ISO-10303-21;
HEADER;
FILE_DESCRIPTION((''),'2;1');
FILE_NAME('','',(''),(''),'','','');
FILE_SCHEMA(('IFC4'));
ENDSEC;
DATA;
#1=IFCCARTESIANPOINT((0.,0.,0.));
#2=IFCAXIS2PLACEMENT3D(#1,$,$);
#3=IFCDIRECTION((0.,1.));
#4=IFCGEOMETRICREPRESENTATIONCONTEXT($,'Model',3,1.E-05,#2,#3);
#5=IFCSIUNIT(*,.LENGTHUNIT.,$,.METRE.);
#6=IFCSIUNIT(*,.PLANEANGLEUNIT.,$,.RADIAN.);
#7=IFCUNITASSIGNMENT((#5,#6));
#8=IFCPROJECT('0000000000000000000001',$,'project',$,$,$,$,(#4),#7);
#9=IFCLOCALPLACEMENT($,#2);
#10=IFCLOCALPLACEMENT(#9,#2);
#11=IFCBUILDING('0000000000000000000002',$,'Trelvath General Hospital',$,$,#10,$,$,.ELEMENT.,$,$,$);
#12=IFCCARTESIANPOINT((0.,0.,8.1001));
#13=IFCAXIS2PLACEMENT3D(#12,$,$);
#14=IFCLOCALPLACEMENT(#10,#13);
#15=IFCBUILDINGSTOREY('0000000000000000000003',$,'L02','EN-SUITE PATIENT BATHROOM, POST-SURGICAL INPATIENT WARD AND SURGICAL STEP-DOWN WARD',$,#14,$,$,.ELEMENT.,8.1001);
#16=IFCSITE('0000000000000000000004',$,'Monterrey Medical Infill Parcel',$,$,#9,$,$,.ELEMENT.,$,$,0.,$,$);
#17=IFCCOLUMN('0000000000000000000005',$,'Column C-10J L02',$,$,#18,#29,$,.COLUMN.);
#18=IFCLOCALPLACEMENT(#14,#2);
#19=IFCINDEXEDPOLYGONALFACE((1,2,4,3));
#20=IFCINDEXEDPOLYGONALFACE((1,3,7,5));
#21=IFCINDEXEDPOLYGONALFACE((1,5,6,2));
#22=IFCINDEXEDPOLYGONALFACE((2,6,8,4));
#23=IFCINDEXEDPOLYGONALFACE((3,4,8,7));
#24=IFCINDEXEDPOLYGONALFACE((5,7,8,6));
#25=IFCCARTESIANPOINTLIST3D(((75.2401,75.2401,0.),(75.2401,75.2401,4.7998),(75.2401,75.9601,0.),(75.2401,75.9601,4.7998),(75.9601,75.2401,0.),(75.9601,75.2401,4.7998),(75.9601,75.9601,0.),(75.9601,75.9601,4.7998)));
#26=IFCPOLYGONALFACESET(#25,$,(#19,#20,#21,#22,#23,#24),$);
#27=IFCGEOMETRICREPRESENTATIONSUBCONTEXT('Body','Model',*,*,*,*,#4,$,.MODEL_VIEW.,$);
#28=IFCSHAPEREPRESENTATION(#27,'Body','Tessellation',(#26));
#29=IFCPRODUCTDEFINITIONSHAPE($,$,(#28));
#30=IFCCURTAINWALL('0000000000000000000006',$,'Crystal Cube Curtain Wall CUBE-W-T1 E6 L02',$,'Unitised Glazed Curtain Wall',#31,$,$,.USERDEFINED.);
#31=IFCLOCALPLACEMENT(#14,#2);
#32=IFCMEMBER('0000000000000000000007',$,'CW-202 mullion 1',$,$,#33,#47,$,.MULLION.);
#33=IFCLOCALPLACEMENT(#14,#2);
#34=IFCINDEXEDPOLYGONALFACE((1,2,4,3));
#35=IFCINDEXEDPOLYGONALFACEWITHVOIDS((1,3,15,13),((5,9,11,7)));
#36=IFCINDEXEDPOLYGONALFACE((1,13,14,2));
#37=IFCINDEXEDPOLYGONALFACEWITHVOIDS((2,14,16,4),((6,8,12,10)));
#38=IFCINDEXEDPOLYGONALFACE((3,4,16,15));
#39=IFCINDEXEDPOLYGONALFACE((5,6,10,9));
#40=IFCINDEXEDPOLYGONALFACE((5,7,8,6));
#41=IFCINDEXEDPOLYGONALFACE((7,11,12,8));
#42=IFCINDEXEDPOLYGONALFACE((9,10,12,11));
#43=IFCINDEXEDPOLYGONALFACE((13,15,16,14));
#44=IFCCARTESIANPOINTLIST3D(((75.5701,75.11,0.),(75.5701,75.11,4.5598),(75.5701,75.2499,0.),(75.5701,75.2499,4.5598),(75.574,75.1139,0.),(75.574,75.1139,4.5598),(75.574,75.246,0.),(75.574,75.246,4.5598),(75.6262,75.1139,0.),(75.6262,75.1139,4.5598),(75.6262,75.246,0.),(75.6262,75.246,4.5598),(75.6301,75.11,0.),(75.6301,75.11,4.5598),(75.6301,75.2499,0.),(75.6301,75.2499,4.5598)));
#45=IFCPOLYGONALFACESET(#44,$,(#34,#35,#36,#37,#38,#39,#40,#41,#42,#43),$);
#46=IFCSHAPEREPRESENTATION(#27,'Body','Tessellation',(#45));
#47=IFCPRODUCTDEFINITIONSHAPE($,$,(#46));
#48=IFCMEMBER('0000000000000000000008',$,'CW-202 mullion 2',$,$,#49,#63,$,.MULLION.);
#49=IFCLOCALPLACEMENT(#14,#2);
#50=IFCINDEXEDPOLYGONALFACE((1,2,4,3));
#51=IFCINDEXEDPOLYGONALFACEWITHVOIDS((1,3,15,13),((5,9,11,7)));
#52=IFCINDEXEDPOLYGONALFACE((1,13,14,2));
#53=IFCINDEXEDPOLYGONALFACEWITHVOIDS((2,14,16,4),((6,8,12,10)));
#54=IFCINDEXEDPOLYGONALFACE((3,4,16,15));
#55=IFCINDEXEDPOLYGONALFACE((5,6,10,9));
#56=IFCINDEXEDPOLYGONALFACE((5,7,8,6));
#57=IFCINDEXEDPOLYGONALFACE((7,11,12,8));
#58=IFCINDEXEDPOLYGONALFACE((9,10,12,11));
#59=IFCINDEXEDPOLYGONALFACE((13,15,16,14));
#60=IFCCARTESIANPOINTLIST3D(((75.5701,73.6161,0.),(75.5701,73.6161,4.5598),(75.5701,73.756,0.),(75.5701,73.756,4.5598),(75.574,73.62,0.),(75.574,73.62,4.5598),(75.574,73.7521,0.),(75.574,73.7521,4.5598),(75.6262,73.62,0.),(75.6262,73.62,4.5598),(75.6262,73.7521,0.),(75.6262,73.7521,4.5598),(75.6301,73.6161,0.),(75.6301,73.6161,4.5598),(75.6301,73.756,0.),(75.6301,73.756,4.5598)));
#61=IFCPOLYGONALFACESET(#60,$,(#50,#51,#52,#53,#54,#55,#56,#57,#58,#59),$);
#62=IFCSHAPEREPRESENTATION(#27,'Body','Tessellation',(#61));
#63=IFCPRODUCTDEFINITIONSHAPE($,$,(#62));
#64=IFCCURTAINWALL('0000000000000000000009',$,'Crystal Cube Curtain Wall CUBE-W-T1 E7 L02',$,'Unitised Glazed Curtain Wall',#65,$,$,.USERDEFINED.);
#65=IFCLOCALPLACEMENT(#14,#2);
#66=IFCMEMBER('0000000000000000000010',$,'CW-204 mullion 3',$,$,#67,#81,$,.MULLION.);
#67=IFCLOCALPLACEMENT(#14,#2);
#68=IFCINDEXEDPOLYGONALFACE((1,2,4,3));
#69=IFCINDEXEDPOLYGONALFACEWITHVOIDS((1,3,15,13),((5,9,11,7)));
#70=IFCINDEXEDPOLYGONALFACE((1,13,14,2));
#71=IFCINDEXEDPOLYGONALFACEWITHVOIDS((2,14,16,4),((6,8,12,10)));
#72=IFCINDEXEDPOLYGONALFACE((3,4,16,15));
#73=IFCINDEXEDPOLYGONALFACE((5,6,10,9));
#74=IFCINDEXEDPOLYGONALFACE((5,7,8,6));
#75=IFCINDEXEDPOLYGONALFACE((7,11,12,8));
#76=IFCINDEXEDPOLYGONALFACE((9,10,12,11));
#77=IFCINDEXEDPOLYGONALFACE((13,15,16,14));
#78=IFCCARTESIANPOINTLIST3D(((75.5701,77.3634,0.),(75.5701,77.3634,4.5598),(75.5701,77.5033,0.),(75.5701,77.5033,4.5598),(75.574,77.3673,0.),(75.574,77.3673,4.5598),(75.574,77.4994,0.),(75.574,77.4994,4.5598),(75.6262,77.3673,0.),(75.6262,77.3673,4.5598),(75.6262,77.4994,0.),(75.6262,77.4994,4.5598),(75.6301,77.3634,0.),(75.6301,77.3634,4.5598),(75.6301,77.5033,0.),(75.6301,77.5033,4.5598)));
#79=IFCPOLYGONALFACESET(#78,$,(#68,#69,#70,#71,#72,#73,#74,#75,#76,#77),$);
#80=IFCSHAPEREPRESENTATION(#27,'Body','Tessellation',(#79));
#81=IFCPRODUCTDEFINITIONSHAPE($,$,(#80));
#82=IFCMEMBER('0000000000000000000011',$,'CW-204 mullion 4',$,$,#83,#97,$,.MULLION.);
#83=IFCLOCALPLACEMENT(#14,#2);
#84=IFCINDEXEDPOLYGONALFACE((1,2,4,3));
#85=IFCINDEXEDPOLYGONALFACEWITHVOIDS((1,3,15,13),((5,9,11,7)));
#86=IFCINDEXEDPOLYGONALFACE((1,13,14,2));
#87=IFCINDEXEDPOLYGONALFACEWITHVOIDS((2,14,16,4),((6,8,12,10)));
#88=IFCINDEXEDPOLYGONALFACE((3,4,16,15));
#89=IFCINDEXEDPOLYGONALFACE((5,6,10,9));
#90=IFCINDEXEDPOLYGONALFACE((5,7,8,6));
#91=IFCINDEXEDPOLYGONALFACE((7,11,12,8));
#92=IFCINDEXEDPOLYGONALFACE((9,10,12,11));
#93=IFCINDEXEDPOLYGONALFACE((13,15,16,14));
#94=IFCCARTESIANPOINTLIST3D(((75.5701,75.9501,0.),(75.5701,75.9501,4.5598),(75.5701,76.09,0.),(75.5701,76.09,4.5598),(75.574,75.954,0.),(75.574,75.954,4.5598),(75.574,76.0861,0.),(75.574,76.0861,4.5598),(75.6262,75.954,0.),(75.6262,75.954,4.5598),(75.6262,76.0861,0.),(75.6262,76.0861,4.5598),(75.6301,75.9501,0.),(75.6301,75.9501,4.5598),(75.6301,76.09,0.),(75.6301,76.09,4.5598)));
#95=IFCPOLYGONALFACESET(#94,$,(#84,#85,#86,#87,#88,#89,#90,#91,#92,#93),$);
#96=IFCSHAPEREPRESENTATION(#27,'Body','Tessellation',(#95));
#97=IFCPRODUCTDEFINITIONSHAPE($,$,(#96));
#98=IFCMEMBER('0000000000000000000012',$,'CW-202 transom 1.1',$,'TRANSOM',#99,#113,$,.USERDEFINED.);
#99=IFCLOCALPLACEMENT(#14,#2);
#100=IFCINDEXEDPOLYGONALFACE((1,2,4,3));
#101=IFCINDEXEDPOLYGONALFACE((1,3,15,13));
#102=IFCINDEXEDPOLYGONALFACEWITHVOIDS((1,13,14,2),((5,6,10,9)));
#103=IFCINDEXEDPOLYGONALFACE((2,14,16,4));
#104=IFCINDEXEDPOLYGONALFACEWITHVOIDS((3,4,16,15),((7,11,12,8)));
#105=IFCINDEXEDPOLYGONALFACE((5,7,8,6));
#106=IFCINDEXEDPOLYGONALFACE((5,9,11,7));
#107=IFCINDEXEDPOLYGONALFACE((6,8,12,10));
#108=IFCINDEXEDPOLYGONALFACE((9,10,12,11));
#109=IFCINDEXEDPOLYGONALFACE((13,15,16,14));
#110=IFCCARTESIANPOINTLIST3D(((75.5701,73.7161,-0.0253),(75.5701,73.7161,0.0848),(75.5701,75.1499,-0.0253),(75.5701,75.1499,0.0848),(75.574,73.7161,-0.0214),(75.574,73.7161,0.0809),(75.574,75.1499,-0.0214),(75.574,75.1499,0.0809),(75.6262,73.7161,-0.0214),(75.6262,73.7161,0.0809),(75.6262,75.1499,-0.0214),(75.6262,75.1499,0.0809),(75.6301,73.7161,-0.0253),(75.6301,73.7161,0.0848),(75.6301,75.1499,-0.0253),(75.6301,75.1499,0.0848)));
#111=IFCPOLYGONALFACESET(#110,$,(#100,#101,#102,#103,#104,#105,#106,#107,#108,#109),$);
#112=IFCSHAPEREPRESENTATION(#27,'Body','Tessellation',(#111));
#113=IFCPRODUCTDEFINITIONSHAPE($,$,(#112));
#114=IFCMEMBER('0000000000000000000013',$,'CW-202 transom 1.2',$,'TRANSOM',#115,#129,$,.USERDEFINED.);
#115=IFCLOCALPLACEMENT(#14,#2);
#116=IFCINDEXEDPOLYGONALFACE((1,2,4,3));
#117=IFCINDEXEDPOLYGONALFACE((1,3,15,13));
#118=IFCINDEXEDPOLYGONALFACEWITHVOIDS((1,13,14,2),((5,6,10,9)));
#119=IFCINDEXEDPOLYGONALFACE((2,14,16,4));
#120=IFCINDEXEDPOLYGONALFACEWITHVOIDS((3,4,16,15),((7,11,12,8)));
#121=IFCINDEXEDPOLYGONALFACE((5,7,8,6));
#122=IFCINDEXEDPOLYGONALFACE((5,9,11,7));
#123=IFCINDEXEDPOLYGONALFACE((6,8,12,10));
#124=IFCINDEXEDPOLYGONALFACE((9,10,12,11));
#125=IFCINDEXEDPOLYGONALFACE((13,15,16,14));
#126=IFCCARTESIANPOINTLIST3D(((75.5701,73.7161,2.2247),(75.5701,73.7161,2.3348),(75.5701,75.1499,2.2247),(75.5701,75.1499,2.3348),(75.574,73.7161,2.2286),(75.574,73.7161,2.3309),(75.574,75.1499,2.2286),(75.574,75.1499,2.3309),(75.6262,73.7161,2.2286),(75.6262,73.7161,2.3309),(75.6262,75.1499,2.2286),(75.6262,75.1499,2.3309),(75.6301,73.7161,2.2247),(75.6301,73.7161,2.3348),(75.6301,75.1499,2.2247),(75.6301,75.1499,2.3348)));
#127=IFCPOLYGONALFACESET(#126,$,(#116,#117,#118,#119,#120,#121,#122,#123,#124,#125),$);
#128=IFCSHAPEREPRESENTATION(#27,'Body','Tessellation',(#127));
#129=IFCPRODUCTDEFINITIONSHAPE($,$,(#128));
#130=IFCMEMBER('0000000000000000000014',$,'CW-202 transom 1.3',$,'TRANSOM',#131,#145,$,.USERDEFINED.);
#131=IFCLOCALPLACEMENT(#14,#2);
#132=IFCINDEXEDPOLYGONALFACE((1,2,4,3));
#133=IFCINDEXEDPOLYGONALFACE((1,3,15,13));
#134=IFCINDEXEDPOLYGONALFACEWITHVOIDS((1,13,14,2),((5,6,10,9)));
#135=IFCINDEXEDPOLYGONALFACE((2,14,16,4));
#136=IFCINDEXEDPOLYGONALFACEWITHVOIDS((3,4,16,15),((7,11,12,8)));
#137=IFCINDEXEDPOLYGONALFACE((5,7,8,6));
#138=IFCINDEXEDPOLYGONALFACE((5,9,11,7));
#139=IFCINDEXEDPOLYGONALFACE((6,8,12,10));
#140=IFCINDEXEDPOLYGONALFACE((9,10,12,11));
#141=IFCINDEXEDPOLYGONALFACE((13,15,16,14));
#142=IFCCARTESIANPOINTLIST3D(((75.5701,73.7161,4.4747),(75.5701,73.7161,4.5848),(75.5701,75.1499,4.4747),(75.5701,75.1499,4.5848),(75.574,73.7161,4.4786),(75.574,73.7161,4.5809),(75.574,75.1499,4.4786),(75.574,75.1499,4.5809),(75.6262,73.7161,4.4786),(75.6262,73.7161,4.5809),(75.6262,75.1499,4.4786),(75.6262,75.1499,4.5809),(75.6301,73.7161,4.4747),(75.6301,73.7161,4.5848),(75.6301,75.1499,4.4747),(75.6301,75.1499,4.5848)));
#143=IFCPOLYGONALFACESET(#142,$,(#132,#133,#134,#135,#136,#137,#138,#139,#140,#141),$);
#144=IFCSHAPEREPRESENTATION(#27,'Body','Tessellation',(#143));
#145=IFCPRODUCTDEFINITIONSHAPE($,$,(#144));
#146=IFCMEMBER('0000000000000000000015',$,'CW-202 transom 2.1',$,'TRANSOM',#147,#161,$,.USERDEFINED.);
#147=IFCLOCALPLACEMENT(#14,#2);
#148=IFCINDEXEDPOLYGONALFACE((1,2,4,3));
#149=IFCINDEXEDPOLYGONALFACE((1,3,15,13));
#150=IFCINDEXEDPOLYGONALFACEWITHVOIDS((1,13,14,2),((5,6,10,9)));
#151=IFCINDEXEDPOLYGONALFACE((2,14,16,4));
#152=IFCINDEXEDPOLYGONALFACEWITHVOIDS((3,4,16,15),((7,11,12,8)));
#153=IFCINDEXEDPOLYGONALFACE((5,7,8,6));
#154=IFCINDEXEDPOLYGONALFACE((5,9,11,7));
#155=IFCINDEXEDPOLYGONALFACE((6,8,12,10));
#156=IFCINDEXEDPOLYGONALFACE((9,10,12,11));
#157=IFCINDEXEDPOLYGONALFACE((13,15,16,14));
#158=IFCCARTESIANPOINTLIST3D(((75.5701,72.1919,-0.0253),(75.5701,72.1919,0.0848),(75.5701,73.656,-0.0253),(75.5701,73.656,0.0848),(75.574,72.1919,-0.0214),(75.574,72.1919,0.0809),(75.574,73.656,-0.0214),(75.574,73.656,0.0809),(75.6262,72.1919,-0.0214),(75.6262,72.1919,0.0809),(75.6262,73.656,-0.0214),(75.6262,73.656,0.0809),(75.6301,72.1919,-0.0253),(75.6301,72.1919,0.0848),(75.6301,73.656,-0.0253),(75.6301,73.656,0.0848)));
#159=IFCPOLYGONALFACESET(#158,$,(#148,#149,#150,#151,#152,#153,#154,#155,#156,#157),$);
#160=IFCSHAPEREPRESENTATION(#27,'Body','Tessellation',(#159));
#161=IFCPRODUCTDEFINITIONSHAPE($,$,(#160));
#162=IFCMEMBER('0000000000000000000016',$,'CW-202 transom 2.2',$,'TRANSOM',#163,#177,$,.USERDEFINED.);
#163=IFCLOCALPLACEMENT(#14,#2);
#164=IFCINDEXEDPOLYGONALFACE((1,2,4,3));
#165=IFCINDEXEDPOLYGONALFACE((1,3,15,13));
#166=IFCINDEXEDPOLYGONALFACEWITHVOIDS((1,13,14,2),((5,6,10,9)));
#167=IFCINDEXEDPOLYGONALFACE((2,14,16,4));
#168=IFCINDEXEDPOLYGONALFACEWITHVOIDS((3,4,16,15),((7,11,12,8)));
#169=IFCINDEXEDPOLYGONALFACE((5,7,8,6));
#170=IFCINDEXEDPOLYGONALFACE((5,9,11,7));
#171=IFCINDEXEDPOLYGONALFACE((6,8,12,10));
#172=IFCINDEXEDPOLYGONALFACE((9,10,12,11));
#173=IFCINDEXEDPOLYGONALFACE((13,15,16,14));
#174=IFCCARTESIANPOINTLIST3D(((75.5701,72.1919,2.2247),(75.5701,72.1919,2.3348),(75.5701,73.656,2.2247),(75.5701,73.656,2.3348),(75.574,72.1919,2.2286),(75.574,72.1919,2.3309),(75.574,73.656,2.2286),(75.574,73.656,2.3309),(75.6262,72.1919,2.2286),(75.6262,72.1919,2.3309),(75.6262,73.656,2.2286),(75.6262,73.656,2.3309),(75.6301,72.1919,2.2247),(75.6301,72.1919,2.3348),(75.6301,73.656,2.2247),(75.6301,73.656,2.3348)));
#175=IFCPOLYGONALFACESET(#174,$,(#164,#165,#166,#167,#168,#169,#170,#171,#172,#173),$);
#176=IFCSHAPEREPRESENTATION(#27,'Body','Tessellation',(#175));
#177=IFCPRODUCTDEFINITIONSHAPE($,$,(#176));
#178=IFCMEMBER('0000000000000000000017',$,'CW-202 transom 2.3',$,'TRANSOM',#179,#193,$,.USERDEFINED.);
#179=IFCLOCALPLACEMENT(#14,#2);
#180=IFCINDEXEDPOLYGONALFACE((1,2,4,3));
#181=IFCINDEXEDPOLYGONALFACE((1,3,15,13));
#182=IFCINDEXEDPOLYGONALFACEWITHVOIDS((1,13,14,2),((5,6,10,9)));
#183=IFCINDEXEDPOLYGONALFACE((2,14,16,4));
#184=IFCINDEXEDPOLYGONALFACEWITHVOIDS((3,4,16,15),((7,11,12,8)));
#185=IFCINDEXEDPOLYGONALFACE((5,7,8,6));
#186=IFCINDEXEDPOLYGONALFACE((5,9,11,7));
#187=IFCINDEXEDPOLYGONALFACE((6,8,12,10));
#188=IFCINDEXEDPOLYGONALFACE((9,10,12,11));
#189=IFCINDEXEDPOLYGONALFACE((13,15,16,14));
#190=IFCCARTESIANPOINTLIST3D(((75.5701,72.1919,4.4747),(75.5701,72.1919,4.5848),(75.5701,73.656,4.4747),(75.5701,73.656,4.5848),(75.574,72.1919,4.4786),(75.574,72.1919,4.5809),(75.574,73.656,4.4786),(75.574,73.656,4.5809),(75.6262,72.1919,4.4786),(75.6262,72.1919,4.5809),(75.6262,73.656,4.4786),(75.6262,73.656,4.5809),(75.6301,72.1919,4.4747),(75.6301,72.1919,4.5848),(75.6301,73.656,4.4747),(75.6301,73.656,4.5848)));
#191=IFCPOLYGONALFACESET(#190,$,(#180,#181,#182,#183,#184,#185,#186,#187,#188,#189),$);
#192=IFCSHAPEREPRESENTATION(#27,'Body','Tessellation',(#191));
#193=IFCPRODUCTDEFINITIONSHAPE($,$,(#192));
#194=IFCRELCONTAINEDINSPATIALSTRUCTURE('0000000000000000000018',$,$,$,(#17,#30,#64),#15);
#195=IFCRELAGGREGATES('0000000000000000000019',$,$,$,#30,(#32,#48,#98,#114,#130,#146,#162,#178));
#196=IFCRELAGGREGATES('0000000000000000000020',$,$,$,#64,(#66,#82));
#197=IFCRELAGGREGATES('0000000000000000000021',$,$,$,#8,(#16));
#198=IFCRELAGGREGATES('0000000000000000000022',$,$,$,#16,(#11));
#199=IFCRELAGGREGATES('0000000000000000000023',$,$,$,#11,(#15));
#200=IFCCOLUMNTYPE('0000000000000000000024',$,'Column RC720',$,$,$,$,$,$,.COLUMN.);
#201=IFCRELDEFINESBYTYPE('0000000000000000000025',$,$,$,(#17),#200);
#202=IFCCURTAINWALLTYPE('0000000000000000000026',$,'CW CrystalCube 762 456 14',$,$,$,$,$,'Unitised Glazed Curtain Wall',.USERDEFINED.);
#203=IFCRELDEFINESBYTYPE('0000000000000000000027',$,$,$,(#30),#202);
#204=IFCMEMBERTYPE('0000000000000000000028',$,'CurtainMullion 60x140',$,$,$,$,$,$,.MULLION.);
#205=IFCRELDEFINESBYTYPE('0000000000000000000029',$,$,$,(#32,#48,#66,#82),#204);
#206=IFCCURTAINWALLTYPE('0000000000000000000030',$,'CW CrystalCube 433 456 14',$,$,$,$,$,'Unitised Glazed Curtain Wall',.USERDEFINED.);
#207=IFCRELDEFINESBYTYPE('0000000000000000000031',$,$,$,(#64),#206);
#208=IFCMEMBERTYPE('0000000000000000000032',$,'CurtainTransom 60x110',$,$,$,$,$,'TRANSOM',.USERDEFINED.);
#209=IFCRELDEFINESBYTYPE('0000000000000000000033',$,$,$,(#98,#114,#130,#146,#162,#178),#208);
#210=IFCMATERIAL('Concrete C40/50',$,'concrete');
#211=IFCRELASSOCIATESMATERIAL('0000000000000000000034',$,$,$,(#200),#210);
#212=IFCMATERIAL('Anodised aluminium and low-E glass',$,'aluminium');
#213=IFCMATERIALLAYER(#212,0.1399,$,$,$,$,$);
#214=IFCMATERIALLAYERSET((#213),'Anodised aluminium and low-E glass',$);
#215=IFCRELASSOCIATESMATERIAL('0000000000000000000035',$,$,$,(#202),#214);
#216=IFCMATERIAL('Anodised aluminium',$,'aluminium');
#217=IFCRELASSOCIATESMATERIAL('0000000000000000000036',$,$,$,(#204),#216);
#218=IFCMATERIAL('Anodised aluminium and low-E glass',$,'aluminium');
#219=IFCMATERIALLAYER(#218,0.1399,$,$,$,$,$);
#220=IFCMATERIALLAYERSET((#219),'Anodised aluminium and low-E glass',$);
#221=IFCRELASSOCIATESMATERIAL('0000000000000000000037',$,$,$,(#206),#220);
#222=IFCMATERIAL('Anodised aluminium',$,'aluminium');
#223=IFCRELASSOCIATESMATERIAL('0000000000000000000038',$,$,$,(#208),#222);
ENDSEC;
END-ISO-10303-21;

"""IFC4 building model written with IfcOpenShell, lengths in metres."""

from ifc_helpers import new_model, si_unit, direction, frame, origin, origin_2d, place, context, subcontext, project, spatial, rectangle, hollow_rectangle, extrude, material, layer, layer_set, material_profile, profile_set, type_object, element, aggregate, save


model = new_model("IFC4")

# Units and contexts
model_context = context("Model", 3, precision=1e-05, world=origin(), true_north=direction((0.0, 1.0)))
body_context = subcontext(model_context, "Body", "Model", "MODEL_VIEW")
ifc_project = project(units=[si_unit("LENGTHUNIT", "METRE"), si_unit("PLANEANGLEUNIT", "RADIAN")], contexts=[model_context])

# Site, building, storey
site_placement = place(None, origin())
site = spatial("IfcSite", under=ifc_project, at=site_placement, Name="Monterrey Medical Infill Parcel", CompositionType="ELEMENT", RefElevation=0.0)
building_placement = place(site_placement, origin())
building = spatial("IfcBuilding", under=site, at=building_placement, Name="Trelvath General Hospital", CompositionType="ELEMENT")
storey_placement = place(building_placement, frame((0.0, 0.0, 8.1001)))
storey = spatial("IfcBuildingStorey", under=building, at=storey_placement, Name="L02", Description="EN-SUITE PATIENT BATHROOM, POST-SURGICAL INPATIENT WARD AND SURGICAL STEP-DOWN WARD", CompositionType="ELEMENT", Elevation=8.1001)

# Column
ifc_material_1 = material(Name="Concrete C40/50", Category="concrete")
ifc_material_profile_1 = material_profile(ifc_material_1, rectangle(XDim=0.72, YDim=0.72, at=origin_2d()), Name="RC720x720")
ifc_profile_set_1 = profile_set([ifc_material_profile_1], Name="Concrete C40/50")
column_type = type_object("IfcColumnType", Name="Column RC720", PredefinedType="COLUMN", material=ifc_profile_set_1)
column_placement = place(storey_placement, frame((75.6001, 75.6001, 0.0), z_axis=(0.0, 0.0, 1.0), x_axis=(1.0, 0.0, 0.0)))
element("IfcColumn", 1, at=column_placement, inside=storey, type_object=column_type, Name="Column C-10J L02", PredefinedType="COLUMN", context=body_context, shape_type="SweptSolid", body=[
    extrude(rectangle(XDim=0.72, YDim=0.72, at=origin_2d()), origin(), (0.0, 0.0, 1.0), 4.7998),
])

# Curtain walls, members
ifc_material_2 = material(Name="Anodised aluminium and low-E glass", Category="aluminium")
ifc_layer_1 = layer(ifc_material_2, 0.1399)
ifc_layer_set_1 = layer_set([ifc_layer_1], Name="Anodised aluminium and low-E glass")
curtain_wall_type_1 = type_object("IfcCurtainWallType", Name="CW CrystalCube 762 456 14", ElementType="Unitised Glazed Curtain Wall", PredefinedType="USERDEFINED", material=ifc_layer_set_1)
curtain_wall_1_placement = place(storey_placement, origin())
curtain_wall_1 = element("IfcCurtainWall", 2, at=curtain_wall_1_placement, inside=storey, type_object=curtain_wall_type_1, Name="Crystal Cube Curtain Wall CUBE-W-T1 E6 L02", ObjectType="Unitised Glazed Curtain Wall", PredefinedType="USERDEFINED")
ifc_material_3 = material(Name="Anodised aluminium", Category="aluminium")
ifc_material_profile_2 = material_profile(ifc_material_3, hollow_rectangle(XDim=0.0601, YDim=0.1399, WallThickness=0.0039, at=origin_2d()), Name="RHS60x140x4")
ifc_profile_set_2 = profile_set([ifc_material_profile_2], Name="Anodised aluminium")
member_type_1 = type_object("IfcMemberType", Name="CurtainMullion 60x140", PredefinedType="MULLION", material=ifc_profile_set_2)
member_1_placement = place(storey_placement, frame((75.6001, 75.1799, 0.0), z_axis=(0.0, 0.0, 1.0), x_axis=(1.0, 0.0, 0.0)))
member_1 = element("IfcMember", 3, at=member_1_placement, type_object=member_type_1, Name="CW-202 mullion 1", PredefinedType="MULLION", context=body_context, shape_type="SweptSolid", body=[
    extrude(hollow_rectangle(XDim=0.0601, YDim=0.1399, WallThickness=0.0039, at=origin_2d()), origin(), (0.0, 0.0, 1.0), 4.5598),
])
member_2_placement = place(storey_placement, frame((75.6001, 73.686, 0.0), z_axis=(0.0, 0.0, 1.0), x_axis=(1.0, 0.0, 0.0)))
member_2 = element("IfcMember", 4, at=member_2_placement, type_object=member_type_1, Name="CW-202 mullion 2", PredefinedType="MULLION", context=body_context, shape_type="SweptSolid", body=[
    extrude(hollow_rectangle(XDim=0.0601, YDim=0.1399, WallThickness=0.0039, at=origin_2d()), origin(), (0.0, 0.0, 1.0), 4.5598),
])
ifc_material_4 = material(Name="Anodised aluminium and low-E glass", Category="aluminium")
ifc_layer_2 = layer(ifc_material_4, 0.1399)
ifc_layer_set_2 = layer_set([ifc_layer_2], Name="Anodised aluminium and low-E glass")
curtain_wall_type_2 = type_object("IfcCurtainWallType", Name="CW CrystalCube 433 456 14", ElementType="Unitised Glazed Curtain Wall", PredefinedType="USERDEFINED", material=ifc_layer_set_2)
curtain_wall_2_placement = place(storey_placement, origin())
curtain_wall_2 = element("IfcCurtainWall", 5, at=curtain_wall_2_placement, inside=storey, type_object=curtain_wall_type_2, Name="Crystal Cube Curtain Wall CUBE-W-T1 E7 L02", ObjectType="Unitised Glazed Curtain Wall", PredefinedType="USERDEFINED")
member_3_placement = place(storey_placement, frame((75.6001, 77.4333, 0.0), z_axis=(0.0, 0.0, 1.0), x_axis=(1.0, 0.0, 0.0)))
member_3 = element("IfcMember", 6, at=member_3_placement, type_object=member_type_1, Name="CW-204 mullion 3", PredefinedType="MULLION", context=body_context, shape_type="SweptSolid", body=[
    extrude(hollow_rectangle(XDim=0.0601, YDim=0.1399, WallThickness=0.0039, at=origin_2d()), origin(), (0.0, 0.0, 1.0), 4.5598),
])
member_4_placement = place(storey_placement, frame((75.6001, 76.02, 0.0), z_axis=(0.0, 0.0, 1.0), x_axis=(1.0, 0.0, 0.0)))
member_4 = element("IfcMember", 7, at=member_4_placement, type_object=member_type_1, Name="CW-204 mullion 4", PredefinedType="MULLION", context=body_context, shape_type="SweptSolid", body=[
    extrude(hollow_rectangle(XDim=0.0601, YDim=0.1399, WallThickness=0.0039, at=origin_2d()), origin(), (0.0, 0.0, 1.0), 4.5598),
])

# Members
ifc_material_5 = material(Name="Anodised aluminium", Category="aluminium")
ifc_material_profile_3 = material_profile(ifc_material_5, hollow_rectangle(XDim=0.0601, YDim=0.1101, WallThickness=0.0039, at=origin_2d()), Name="RHS60x110x4")
ifc_profile_set_3 = profile_set([ifc_material_profile_3], Name="Anodised aluminium")
member_type_2 = type_object("IfcMemberType", Name="CurtainTransom 60x110", ElementType="TRANSOM", PredefinedType="USERDEFINED", material=ifc_profile_set_3)
member_5_placement = place(storey_placement, frame((75.6001, 75.1499, 0.0298), z_axis=(0.0, -1.0, 0.0), x_axis=(1.0, 0.0, 0.0)))
member_5 = element("IfcMember", 8, at=member_5_placement, type_object=member_type_2, Name="CW-202 transom 1.1", ObjectType="TRANSOM", PredefinedType="USERDEFINED", context=body_context, shape_type="SweptSolid", body=[
    extrude(hollow_rectangle(XDim=0.0601, YDim=0.1101, WallThickness=0.0039, at=origin_2d()), origin(), (0.0, 0.0, 1.0), 1.4338),
])
member_6_placement = place(storey_placement, frame((75.6001, 75.1499, 2.2798), z_axis=(0.0, -1.0, 0.0), x_axis=(1.0, 0.0, 0.0)))
member_6 = element("IfcMember", 9, at=member_6_placement, type_object=member_type_2, Name="CW-202 transom 1.2", ObjectType="TRANSOM", PredefinedType="USERDEFINED", context=body_context, shape_type="SweptSolid", body=[
    extrude(hollow_rectangle(XDim=0.0601, YDim=0.1101, WallThickness=0.0039, at=origin_2d()), origin(), (0.0, 0.0, 1.0), 1.4338),
])
member_7_placement = place(storey_placement, frame((75.6001, 75.1499, 4.5298), z_axis=(0.0, -1.0, 0.0), x_axis=(1.0, 0.0, 0.0)))
member_7 = element("IfcMember", 10, at=member_7_placement, type_object=member_type_2, Name="CW-202 transom 1.3", ObjectType="TRANSOM", PredefinedType="USERDEFINED", context=body_context, shape_type="SweptSolid", body=[
    extrude(hollow_rectangle(XDim=0.0601, YDim=0.1101, WallThickness=0.0039, at=origin_2d()), origin(), (0.0, 0.0, 1.0), 1.4338),
])
member_8_placement = place(storey_placement, frame((75.6001, 73.656, 0.0298), z_axis=(0.0, -1.0, 0.0), x_axis=(1.0, 0.0, 0.0)))
member_8 = element("IfcMember", 11, at=member_8_placement, type_object=member_type_2, Name="CW-202 transom 2.1", ObjectType="TRANSOM", PredefinedType="USERDEFINED", context=body_context, shape_type="SweptSolid", body=[
    extrude(hollow_rectangle(XDim=0.0601, YDim=0.1101, WallThickness=0.0039, at=origin_2d()), origin(), (0.0, 0.0, 1.0), 1.4641),
])
member_9_placement = place(storey_placement, frame((75.6001, 73.656, 2.2798), z_axis=(0.0, -1.0, 0.0), x_axis=(1.0, 0.0, 0.0)))
member_9 = element("IfcMember", 12, at=member_9_placement, type_object=member_type_2, Name="CW-202 transom 2.2", ObjectType="TRANSOM", PredefinedType="USERDEFINED", context=body_context, shape_type="SweptSolid", body=[
    extrude(hollow_rectangle(XDim=0.0601, YDim=0.1101, WallThickness=0.0039, at=origin_2d()), origin(), (0.0, 0.0, 1.0), 1.4641),
])
member_10_placement = place(storey_placement, frame((75.6001, 73.656, 4.5298), z_axis=(0.0, -1.0, 0.0), x_axis=(1.0, 0.0, 0.0)))
member_10 = element("IfcMember", 13, at=member_10_placement, type_object=member_type_2, Name="CW-202 transom 2.3", ObjectType="TRANSOM", PredefinedType="USERDEFINED", context=body_context, shape_type="SweptSolid", body=[
    extrude(hollow_rectangle(XDim=0.0601, YDim=0.1101, WallThickness=0.0039, at=origin_2d()), origin(), (0.0, 0.0, 1.0), 1.4641),
])

aggregate(curtain_wall_1, [member_1, member_2, member_5, member_6, member_7, member_8, member_9, member_10])
aggregate(curtain_wall_2, [member_3, member_4])

save(model, "model.ifc")
